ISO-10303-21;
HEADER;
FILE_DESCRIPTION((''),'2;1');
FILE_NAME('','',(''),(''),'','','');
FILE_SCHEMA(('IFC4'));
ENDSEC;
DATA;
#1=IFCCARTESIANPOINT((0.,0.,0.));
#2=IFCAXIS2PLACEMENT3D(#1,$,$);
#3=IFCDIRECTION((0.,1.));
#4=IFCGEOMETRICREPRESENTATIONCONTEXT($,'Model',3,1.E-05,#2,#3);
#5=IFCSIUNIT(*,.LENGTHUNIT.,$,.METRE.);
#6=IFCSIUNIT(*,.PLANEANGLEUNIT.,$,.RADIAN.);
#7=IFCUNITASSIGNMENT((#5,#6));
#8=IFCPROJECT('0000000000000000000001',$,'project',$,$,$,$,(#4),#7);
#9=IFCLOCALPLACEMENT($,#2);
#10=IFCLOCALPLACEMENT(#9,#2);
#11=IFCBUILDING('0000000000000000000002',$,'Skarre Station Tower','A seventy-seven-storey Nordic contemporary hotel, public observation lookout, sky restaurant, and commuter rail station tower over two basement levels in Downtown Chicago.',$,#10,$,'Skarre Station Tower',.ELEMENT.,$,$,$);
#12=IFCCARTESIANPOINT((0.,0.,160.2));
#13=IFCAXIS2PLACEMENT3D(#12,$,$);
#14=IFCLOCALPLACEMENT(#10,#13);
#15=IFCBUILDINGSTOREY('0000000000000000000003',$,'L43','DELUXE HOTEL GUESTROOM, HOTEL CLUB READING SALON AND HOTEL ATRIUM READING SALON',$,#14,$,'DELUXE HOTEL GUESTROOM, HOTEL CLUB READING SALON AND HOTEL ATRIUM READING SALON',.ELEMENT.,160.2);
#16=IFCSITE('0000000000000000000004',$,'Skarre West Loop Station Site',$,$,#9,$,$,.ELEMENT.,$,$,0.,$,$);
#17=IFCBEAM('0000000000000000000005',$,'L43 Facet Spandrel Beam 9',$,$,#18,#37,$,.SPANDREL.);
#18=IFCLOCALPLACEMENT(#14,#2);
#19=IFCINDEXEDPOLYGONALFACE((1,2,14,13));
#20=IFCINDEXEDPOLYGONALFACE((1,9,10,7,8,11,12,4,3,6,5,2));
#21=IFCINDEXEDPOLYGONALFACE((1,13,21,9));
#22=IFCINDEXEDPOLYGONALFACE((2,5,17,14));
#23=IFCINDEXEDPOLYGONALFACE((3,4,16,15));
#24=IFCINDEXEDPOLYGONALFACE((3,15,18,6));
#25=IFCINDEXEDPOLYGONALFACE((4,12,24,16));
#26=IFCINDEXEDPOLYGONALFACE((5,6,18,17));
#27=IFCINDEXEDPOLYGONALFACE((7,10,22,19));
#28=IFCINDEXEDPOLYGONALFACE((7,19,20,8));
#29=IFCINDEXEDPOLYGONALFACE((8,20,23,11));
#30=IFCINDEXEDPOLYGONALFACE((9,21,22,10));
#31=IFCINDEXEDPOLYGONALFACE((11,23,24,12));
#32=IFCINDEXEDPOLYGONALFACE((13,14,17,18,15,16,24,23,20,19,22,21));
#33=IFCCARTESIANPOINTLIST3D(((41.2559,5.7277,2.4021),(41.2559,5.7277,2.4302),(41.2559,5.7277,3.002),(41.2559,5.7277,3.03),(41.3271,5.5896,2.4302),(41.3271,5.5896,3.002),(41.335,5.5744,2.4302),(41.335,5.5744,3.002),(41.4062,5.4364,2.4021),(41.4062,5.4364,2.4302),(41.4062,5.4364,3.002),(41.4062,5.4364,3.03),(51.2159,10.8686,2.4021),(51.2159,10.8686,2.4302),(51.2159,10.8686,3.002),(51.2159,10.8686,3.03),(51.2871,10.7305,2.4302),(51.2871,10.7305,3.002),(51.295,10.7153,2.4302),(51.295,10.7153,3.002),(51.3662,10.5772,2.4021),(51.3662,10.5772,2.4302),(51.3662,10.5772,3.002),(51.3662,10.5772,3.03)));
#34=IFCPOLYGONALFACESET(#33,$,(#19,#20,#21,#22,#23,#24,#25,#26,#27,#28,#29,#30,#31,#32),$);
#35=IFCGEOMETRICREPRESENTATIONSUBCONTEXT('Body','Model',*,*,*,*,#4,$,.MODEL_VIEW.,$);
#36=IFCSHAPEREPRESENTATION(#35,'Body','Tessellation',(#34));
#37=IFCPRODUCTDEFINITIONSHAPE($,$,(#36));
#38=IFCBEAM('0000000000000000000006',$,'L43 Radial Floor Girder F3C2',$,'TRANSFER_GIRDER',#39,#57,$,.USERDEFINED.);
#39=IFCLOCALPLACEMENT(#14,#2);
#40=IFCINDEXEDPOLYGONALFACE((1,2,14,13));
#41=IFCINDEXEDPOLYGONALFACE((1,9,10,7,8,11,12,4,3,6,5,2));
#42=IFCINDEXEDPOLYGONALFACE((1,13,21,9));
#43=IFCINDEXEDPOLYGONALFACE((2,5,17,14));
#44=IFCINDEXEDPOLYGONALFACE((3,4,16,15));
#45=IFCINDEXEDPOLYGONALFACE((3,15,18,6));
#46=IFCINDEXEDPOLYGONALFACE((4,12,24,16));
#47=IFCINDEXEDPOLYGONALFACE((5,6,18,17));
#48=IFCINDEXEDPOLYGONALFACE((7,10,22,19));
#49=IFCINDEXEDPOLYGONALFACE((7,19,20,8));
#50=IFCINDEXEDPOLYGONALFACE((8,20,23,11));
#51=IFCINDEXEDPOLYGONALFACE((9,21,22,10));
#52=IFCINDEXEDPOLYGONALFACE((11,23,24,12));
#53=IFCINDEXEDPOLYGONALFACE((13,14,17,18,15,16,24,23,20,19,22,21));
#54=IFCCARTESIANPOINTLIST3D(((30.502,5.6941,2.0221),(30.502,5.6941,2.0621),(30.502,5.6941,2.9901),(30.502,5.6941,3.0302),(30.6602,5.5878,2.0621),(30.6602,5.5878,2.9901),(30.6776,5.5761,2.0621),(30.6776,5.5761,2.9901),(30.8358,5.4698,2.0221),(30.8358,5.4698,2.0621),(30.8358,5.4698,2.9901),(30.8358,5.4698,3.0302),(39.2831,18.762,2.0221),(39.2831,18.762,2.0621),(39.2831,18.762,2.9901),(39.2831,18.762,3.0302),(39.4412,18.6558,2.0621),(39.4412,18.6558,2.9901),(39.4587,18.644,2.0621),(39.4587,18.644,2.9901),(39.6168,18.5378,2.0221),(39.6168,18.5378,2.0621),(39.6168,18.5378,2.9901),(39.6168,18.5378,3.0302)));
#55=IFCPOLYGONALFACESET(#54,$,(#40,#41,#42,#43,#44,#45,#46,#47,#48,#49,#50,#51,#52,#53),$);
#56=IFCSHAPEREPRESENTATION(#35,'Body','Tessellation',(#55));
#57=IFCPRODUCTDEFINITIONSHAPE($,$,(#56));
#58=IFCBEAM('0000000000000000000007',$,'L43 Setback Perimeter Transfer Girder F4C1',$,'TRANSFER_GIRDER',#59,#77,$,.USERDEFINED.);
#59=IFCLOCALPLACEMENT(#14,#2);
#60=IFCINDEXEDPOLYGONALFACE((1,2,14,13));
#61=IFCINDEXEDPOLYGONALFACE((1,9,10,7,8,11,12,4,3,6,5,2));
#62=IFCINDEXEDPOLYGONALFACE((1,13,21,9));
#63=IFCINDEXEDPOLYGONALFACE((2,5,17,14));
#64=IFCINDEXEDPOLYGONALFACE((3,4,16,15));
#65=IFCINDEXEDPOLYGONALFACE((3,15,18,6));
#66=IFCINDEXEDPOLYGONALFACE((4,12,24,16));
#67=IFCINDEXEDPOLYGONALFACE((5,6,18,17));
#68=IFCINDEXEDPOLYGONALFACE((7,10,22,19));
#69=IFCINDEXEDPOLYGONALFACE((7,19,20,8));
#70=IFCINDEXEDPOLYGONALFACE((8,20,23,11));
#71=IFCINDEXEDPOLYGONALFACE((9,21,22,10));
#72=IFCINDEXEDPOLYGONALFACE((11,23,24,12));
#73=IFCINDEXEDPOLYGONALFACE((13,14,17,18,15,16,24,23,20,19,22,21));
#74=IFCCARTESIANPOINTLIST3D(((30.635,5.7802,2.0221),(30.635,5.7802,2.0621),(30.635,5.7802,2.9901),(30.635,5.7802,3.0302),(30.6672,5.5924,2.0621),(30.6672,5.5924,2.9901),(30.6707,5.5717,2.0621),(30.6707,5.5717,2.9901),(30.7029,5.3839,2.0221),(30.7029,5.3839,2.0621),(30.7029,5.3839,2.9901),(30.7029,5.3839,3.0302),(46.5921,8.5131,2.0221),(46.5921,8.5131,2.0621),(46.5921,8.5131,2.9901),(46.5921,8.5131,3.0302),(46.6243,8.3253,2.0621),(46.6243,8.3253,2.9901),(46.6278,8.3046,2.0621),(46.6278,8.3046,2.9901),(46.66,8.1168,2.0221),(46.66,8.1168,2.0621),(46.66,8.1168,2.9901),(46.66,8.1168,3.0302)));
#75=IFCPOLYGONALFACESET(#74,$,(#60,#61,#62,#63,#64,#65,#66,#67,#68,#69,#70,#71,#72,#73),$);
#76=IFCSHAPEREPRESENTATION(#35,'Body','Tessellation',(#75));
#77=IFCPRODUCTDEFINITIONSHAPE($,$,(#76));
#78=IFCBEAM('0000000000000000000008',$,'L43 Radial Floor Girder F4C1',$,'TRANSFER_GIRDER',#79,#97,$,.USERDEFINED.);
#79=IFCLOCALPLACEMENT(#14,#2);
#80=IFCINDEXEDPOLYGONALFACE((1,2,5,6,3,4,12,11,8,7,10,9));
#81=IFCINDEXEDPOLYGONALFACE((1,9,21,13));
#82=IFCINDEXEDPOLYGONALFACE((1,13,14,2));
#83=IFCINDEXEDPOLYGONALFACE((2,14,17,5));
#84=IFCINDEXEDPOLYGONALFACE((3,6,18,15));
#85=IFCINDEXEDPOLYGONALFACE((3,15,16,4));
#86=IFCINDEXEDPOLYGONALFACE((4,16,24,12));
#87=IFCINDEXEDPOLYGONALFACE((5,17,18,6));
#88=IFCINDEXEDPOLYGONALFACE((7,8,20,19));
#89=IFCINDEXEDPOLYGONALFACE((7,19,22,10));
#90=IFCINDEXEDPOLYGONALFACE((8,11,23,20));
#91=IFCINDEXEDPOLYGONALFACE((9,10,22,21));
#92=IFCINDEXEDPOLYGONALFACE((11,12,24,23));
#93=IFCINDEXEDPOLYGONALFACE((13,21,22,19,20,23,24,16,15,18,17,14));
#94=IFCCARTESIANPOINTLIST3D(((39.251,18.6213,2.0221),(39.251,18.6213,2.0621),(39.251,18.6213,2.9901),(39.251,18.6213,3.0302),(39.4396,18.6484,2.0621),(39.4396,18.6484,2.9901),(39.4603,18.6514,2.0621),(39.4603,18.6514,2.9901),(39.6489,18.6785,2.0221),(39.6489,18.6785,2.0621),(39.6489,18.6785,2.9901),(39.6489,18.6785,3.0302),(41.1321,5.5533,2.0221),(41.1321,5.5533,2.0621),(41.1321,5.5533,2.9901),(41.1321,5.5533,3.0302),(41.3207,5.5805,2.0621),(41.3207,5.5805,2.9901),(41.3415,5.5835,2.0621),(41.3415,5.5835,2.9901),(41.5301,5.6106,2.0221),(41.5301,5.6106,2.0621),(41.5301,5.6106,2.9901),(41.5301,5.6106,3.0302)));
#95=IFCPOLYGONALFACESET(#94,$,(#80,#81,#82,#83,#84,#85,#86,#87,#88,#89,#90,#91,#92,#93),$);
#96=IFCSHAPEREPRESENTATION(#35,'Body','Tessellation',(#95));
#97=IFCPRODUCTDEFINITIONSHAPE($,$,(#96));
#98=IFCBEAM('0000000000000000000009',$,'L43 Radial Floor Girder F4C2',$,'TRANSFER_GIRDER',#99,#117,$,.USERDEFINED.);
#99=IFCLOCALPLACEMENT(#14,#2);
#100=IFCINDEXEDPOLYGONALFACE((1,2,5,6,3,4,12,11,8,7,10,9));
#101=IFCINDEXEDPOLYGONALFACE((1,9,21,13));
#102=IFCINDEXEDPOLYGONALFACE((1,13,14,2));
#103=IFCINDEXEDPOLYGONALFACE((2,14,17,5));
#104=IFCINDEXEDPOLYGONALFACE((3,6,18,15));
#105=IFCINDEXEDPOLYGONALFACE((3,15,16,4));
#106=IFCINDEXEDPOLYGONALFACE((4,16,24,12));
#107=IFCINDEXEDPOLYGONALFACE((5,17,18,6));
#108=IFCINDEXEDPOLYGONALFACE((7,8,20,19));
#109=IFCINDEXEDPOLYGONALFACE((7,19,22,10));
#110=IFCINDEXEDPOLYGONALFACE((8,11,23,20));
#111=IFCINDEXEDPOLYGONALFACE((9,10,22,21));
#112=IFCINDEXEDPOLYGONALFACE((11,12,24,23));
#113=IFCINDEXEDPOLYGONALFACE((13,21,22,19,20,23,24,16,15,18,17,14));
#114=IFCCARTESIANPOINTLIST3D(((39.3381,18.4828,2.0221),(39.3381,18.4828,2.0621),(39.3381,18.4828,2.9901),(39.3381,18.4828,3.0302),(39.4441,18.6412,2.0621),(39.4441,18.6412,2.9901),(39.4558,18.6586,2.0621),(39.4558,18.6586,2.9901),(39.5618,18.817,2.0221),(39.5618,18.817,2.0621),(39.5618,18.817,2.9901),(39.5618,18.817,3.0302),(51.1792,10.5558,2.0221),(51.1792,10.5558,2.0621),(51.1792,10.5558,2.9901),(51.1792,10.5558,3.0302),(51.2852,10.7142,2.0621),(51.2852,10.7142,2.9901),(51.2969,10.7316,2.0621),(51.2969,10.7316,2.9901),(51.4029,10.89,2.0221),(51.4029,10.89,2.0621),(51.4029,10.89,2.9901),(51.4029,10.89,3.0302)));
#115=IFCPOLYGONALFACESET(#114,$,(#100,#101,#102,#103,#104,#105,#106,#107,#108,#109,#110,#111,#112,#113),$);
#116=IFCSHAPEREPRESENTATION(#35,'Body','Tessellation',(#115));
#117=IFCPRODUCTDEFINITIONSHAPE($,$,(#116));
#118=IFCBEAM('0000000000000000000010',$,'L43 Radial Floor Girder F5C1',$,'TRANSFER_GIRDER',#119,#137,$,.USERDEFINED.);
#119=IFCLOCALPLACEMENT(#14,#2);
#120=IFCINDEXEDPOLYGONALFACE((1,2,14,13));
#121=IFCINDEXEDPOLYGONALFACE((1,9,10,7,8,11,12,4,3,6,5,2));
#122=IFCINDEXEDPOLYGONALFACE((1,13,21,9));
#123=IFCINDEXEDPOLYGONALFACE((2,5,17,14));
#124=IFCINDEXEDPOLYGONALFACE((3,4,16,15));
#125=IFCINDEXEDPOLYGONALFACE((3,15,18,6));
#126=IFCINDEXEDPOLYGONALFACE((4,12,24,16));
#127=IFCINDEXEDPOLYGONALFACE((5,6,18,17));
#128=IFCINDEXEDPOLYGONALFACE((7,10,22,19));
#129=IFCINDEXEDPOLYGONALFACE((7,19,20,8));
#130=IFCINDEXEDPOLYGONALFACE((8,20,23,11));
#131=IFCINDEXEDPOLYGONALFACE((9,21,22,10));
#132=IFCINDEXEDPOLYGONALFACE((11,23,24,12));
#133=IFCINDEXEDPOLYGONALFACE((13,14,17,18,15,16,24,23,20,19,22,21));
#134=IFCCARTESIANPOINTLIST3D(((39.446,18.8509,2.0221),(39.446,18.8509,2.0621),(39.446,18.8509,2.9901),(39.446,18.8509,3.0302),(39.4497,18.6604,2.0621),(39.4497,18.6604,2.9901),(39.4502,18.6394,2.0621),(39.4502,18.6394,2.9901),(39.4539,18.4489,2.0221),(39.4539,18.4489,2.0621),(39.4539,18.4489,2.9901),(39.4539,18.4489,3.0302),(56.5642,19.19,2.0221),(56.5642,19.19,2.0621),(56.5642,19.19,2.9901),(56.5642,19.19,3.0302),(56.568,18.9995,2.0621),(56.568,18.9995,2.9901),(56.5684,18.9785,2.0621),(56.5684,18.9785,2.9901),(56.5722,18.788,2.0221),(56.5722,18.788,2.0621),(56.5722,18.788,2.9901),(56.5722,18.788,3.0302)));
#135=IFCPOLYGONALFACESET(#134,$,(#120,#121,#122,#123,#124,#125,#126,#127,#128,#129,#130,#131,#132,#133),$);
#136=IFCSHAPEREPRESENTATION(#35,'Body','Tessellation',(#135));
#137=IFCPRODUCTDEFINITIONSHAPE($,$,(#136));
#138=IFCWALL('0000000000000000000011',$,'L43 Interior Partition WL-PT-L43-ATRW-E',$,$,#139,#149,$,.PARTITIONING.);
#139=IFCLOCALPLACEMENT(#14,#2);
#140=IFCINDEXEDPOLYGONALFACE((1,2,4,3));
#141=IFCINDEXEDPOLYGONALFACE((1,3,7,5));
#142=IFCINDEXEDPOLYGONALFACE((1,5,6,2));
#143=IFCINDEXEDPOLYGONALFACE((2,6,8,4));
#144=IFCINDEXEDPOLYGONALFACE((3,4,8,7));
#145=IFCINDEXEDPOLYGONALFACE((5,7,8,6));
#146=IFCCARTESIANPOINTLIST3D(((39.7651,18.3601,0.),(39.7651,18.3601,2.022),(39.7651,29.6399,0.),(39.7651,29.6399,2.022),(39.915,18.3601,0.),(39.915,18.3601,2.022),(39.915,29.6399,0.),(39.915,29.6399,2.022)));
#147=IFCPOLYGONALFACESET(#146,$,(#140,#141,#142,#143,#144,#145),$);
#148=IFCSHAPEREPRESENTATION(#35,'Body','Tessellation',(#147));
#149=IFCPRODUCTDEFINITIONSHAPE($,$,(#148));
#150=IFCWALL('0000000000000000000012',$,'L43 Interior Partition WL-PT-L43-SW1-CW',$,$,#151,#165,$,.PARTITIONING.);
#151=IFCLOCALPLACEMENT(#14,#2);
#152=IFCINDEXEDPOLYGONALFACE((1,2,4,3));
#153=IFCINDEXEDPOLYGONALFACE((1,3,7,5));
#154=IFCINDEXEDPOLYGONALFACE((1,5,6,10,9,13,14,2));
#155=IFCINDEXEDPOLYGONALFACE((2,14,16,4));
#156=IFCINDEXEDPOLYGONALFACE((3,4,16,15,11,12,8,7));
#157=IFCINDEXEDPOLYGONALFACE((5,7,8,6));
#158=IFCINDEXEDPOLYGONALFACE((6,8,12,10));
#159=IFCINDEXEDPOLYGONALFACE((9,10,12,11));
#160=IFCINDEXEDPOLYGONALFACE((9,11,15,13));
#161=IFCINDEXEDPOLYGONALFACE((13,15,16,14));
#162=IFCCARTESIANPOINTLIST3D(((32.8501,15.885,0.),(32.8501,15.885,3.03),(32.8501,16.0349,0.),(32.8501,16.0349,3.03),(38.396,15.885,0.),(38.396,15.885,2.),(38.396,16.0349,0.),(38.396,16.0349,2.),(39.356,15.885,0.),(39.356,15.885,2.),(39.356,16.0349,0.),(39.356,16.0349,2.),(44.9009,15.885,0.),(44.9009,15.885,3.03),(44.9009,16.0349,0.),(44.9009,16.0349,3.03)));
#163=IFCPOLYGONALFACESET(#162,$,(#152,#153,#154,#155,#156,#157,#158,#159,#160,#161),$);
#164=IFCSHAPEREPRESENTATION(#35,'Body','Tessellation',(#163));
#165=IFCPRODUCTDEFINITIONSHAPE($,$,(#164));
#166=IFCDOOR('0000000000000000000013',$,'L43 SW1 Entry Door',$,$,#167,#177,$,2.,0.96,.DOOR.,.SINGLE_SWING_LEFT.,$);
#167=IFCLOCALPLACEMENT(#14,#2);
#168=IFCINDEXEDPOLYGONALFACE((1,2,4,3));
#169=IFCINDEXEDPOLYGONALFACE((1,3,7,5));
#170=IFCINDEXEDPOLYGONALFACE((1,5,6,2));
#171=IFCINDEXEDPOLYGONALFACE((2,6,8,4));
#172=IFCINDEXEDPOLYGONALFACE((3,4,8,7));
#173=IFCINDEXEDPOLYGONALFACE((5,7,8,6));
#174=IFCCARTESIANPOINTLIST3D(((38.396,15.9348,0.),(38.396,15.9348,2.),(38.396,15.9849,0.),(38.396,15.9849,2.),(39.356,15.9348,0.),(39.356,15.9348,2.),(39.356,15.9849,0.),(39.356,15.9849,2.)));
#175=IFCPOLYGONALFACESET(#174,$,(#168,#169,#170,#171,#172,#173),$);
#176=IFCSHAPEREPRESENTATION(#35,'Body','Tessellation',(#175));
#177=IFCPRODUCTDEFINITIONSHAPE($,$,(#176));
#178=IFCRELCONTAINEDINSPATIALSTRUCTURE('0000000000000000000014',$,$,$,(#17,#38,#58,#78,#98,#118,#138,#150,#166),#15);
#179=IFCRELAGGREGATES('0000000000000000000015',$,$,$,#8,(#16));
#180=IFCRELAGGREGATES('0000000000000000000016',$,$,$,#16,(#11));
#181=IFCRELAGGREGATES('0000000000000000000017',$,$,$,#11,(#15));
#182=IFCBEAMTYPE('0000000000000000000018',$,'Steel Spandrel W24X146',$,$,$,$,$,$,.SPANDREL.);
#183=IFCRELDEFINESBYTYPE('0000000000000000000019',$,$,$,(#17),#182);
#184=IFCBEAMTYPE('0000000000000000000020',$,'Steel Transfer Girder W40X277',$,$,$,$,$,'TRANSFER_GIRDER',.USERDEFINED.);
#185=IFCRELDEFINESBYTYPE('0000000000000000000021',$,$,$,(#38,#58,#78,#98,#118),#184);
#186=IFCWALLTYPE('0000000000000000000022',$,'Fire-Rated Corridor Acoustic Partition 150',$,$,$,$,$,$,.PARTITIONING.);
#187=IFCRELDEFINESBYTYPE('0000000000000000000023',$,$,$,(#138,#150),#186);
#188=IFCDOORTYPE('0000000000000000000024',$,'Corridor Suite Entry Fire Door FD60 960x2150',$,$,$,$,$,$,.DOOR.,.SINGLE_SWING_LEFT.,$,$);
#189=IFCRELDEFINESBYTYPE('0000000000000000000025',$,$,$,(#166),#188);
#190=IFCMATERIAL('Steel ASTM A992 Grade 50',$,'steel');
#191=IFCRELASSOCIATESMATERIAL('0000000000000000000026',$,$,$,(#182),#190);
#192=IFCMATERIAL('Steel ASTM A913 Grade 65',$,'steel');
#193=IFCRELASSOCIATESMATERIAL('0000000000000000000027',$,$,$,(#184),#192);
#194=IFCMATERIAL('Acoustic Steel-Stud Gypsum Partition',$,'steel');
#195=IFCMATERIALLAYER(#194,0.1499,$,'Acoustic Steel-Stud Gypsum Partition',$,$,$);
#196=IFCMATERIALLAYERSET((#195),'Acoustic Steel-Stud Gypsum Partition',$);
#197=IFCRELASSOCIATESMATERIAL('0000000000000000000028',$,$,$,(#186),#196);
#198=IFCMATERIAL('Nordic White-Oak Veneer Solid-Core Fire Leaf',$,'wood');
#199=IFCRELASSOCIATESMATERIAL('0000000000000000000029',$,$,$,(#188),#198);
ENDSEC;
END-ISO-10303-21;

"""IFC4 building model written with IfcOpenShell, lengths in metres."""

from ifc_helpers import new_model, si_unit, direction, frame, frame_2d, origin, origin_2d, place, context, subcontext, project, spatial, rectangle, i_section, extrude, material, layer, layer_set, material_profile, profile_set, type_object, element, fill, save


model = new_model("IFC4")

# Units and contexts
model_context = context("Model", 3, precision=1e-05, world=origin(), true_north=direction((0.0, 1.0)))
body_context = subcontext(model_context, "Body", "Model", "MODEL_VIEW")
ifc_project = project(units=[si_unit("LENGTHUNIT", "METRE"), si_unit("PLANEANGLEUNIT", "RADIAN")], contexts=[model_context])

# Site, building, storey
site_placement = place(None, origin())
site = spatial("IfcSite", under=ifc_project, at=site_placement, Name="Skarre West Loop Station Site", CompositionType="ELEMENT", RefElevation=0.0)
building_placement = place(site_placement, origin())
building = spatial("IfcBuilding", under=site, at=building_placement, Name="Skarre Station Tower", Description="A seventy-seven-storey Nordic contemporary hotel, public observation lookout, sky restaurant, and commuter rail station tower over two basement levels in Downtown Chicago.", LongName="Skarre Station Tower", CompositionType="ELEMENT")
storey_placement = place(building_placement, frame((0.0, 0.0, 160.2)))
storey = spatial("IfcBuildingStorey", under=building, at=storey_placement, Name="L43", Description="DELUXE HOTEL GUESTROOM, HOTEL CLUB READING SALON AND HOTEL ATRIUM READING SALON", LongName="DELUXE HOTEL GUESTROOM, HOTEL CLUB READING SALON AND HOTEL ATRIUM READING SALON", CompositionType="ELEMENT", Elevation=160.2)

# Shared definitions
ifc_material_1 = material(Name="Steel ASTM A913 Grade 65", Category="steel")

# Beams
ifc_material_2 = material(Name="Steel ASTM A992 Grade 50", Category="steel")
ifc_material_profile_1 = material_profile(ifc_material_2, i_section(OverallWidth=0.3279, OverallDepth=0.6279, WebThickness=0.0171, FlangeThickness=0.0281, at=origin_2d()), Name="Steel ASTM A992 Grade 50")
ifc_profile_set_1 = profile_set([ifc_material_profile_1], Name="Steel ASTM A992 Grade 50")
beam_type_1 = type_object("IfcBeamType", Name="Steel Spandrel W24X146", PredefinedType="SPANDREL", material=ifc_profile_set_1)
beam_1_placement = place(storey_placement, frame((41.3311, 5.582, 2.7161), z_axis=(0.888612, 0.45866, 0.0), x_axis=(-0.45866, 0.888612, 0.0)))
element("IfcBeam", 1, at=beam_1_placement, inside=storey, type_object=beam_type_1, Name="L43 Facet Spandrel Beam 9", PredefinedType="SPANDREL", context=body_context, shape_type="SweptSolid", body=[
    extrude(i_section(OverallWidth=0.3279, OverallDepth=0.6279, WebThickness=0.0171, FlangeThickness=0.0281, at=origin_2d()), origin(), (0.0, 0.0, 1.0), 11.2085),
])
ifc_material_profile_2 = material_profile(ifc_material_1, i_section(OverallWidth=0.4021, OverallDepth=1.0081, WebThickness=0.021, FlangeThickness=0.04, at=origin_2d()), Name="Steel ASTM A913 Grade 65")
ifc_profile_set_2 = profile_set([ifc_material_profile_2], Name="Steel ASTM A913 Grade 65")
beam_type_2 = type_object("IfcBeamType", Name="Steel Transfer Girder W40X277", ElementType="TRANSFER_GIRDER", PredefinedType="USERDEFINED", material=ifc_profile_set_2)
beam_2_placement = place(storey_placement, frame((39.45, 18.6499, 2.5261), z_axis=(-0.557735, -0.830019, 0.0), x_axis=(0.830019, -0.557735, 0.0)))
element("IfcBeam", 2, at=beam_2_placement, inside=storey, type_object=beam_type_2, Name="L43 Radial Floor Girder F3C2", ObjectType="TRANSFER_GIRDER", PredefinedType="USERDEFINED", context=body_context, shape_type="SweptSolid", body=[
    extrude(i_section(OverallWidth=0.4021, OverallDepth=1.0081, WebThickness=0.021, FlangeThickness=0.04, at=origin_2d()), origin(), (0.0, 0.0, 1.0), 15.7441),
])
beam_3_placement = place(storey_placement, frame((30.6689, 5.582, 2.5261), z_axis=(0.985649, 0.168809, 0.0), x_axis=(-0.168809, 0.985649, 0.0)))
element("IfcBeam", 3, at=beam_3_placement, inside=storey, type_object=beam_type_2, Name="L43 Setback Perimeter Transfer Girder F4C1", ObjectType="TRANSFER_GIRDER", PredefinedType="USERDEFINED", context=body_context, shape_type="SweptSolid", body=[
    extrude(i_section(OverallWidth=0.4021, OverallDepth=1.0081, WebThickness=0.021, FlangeThickness=0.04, at=origin_2d()), origin(), (0.0, 0.0, 1.0), 16.1895),
])
beam_4_placement = place(storey_placement, frame((39.45, 18.6499, 2.5261), z_axis=(0.14248, -0.989798, 0.0), x_axis=(0.989798, 0.14248, 0.0)))
element("IfcBeam", 4, at=beam_4_placement, inside=storey, type_object=beam_type_2, Name="L43 Radial Floor Girder F4C1", ObjectType="TRANSFER_GIRDER", PredefinedType="USERDEFINED", context=body_context, shape_type="SweptSolid", body=[
    extrude(i_section(OverallWidth=0.4021, OverallDepth=1.0081, WebThickness=0.021, FlangeThickness=0.04, at=origin_2d()), origin(), (0.0, 0.0, 1.0), 13.2026),
])
beam_5_placement = place(storey_placement, frame((39.45, 18.6499, 2.5261), z_axis=(0.830981, -0.5563, 0.0), x_axis=(0.5563, 0.830981, 0.0)))
element("IfcBeam", 5, at=beam_5_placement, inside=storey, type_object=beam_type_2, Name="L43 Radial Floor Girder F4C2", ObjectType="TRANSFER_GIRDER", PredefinedType="USERDEFINED", context=body_context, shape_type="SweptSolid", body=[
    extrude(i_section(OverallWidth=0.4021, OverallDepth=1.0081, WebThickness=0.021, FlangeThickness=0.04, at=origin_2d()), origin(), (0.0, 0.0, 1.0), 14.2495),
])
beam_6_placement = place(storey_placement, frame((39.45, 18.6499, 2.5261), z_axis=(0.999804, 0.019806, 0.0), x_axis=(-0.019806, 0.999804, 0.0)))
element("IfcBeam", 6, at=beam_6_placement, inside=storey, type_object=beam_type_2, Name="L43 Radial Floor Girder F5C1", ObjectType="TRANSFER_GIRDER", PredefinedType="USERDEFINED", context=body_context, shape_type="SweptSolid", body=[
    extrude(i_section(OverallWidth=0.4021, OverallDepth=1.0081, WebThickness=0.021, FlangeThickness=0.04, at=origin_2d()), origin(), (0.0, 0.0, 1.0), 17.1216),
])

# Wall
ifc_material_3 = material(Name="Acoustic Steel-Stud Gypsum Partition", Category="steel")
ifc_layer_1 = layer(ifc_material_3, 0.1499, Name="Acoustic Steel-Stud Gypsum Partition")
ifc_layer_set_1 = layer_set([ifc_layer_1], Name="Acoustic Steel-Stud Gypsum Partition")
wall_type_1 = type_object("IfcWallType", Name="Fire-Rated Corridor Acoustic Partition 150", PredefinedType="PARTITIONING", material=ifc_layer_set_1)
wall_1_placement = place(storey_placement, frame((39.8401, 18.3601, 0.0), z_axis=(0.0, 0.0, 1.0), x_axis=(0.0, 1.0, 0.0)))
element("IfcWall", 7, at=wall_1_placement, inside=storey, type_object=wall_type_1, Name="L43 Interior Partition WL-PT-L43-ATRW-E", PredefinedType="PARTITIONING", context=body_context, shape_type="SweptSolid", body=[
    extrude(rectangle(XDim=11.2798, YDim=0.1499, at=frame_2d((5.6399, 0.0))), origin(), (0.0, 0.0, 1.0), 2.022),
])

# Wall, opening, door
wall_2_placement = place(storey_placement, frame((32.8501, 15.96, 0.0), z_axis=(0.0, 0.0, 1.0), x_axis=(1.0, 0.0, 0.0)))
wall_2 = element("IfcWall", 8, at=wall_2_placement, inside=storey, type_object=wall_type_1, Name="L43 Interior Partition WL-PT-L43-SW1-CW", PredefinedType="PARTITIONING", context=body_context, shape_type="SweptSolid", body=[
    extrude(rectangle(XDim=12.0508, YDim=0.1499, at=frame_2d((6.0254, 0.0))), origin(), (0.0, 0.0, 1.0), 3.03),
])
opening_1_placement = place(wall_2_placement, frame((5.5459, 0.0, 0.0)))
opening_1 = element("IfcOpeningElement", 9, at=opening_1_placement, cuts=wall_2, PredefinedType="OPENING", context=body_context, shape_type="SweptSolid", body=[
    extrude(rectangle(XDim=0.96, YDim=2.0, at=frame_2d((0.48, 1.0))), frame((0.0, 0.085, 0.0), z_axis=(0.0, -1.0, 0.0), x_axis=(1.0, 0.0, 0.0)), (0.0, 0.0, 1.0), 0.1699),
])
ifc_material_4 = material(Name="Nordic White-Oak Veneer Solid-Core Fire Leaf", Category="wood")
door_type_1 = type_object("IfcDoorType", Name="Corridor Suite Entry Fire Door FD60 960x2150", OperationType="SINGLE_SWING_LEFT", PredefinedType="DOOR", material=ifc_material_4)
door_1_placement = place(opening_1_placement, origin())
door_1 = element("IfcDoor", 10, at=door_1_placement, inside=storey, type_object=door_type_1, Name="L43 SW1 Entry Door", OperationType="SINGLE_SWING_LEFT", OverallHeight=2.0, OverallWidth=0.96, PredefinedType="DOOR", context=body_context, shape_type="SweptSolid", body=[
    extrude(rectangle(XDim=0.96, YDim=2.0, at=frame_2d((0.48, 1.0))), frame((0.0, 0.0249, 0.0), z_axis=(0.0, -1.0, 0.0), x_axis=(1.0, 0.0, 0.0)), (0.0, 0.0, 1.0), 0.05),
])
fill(opening_1, door_1)

save(model, "model.ifc")
